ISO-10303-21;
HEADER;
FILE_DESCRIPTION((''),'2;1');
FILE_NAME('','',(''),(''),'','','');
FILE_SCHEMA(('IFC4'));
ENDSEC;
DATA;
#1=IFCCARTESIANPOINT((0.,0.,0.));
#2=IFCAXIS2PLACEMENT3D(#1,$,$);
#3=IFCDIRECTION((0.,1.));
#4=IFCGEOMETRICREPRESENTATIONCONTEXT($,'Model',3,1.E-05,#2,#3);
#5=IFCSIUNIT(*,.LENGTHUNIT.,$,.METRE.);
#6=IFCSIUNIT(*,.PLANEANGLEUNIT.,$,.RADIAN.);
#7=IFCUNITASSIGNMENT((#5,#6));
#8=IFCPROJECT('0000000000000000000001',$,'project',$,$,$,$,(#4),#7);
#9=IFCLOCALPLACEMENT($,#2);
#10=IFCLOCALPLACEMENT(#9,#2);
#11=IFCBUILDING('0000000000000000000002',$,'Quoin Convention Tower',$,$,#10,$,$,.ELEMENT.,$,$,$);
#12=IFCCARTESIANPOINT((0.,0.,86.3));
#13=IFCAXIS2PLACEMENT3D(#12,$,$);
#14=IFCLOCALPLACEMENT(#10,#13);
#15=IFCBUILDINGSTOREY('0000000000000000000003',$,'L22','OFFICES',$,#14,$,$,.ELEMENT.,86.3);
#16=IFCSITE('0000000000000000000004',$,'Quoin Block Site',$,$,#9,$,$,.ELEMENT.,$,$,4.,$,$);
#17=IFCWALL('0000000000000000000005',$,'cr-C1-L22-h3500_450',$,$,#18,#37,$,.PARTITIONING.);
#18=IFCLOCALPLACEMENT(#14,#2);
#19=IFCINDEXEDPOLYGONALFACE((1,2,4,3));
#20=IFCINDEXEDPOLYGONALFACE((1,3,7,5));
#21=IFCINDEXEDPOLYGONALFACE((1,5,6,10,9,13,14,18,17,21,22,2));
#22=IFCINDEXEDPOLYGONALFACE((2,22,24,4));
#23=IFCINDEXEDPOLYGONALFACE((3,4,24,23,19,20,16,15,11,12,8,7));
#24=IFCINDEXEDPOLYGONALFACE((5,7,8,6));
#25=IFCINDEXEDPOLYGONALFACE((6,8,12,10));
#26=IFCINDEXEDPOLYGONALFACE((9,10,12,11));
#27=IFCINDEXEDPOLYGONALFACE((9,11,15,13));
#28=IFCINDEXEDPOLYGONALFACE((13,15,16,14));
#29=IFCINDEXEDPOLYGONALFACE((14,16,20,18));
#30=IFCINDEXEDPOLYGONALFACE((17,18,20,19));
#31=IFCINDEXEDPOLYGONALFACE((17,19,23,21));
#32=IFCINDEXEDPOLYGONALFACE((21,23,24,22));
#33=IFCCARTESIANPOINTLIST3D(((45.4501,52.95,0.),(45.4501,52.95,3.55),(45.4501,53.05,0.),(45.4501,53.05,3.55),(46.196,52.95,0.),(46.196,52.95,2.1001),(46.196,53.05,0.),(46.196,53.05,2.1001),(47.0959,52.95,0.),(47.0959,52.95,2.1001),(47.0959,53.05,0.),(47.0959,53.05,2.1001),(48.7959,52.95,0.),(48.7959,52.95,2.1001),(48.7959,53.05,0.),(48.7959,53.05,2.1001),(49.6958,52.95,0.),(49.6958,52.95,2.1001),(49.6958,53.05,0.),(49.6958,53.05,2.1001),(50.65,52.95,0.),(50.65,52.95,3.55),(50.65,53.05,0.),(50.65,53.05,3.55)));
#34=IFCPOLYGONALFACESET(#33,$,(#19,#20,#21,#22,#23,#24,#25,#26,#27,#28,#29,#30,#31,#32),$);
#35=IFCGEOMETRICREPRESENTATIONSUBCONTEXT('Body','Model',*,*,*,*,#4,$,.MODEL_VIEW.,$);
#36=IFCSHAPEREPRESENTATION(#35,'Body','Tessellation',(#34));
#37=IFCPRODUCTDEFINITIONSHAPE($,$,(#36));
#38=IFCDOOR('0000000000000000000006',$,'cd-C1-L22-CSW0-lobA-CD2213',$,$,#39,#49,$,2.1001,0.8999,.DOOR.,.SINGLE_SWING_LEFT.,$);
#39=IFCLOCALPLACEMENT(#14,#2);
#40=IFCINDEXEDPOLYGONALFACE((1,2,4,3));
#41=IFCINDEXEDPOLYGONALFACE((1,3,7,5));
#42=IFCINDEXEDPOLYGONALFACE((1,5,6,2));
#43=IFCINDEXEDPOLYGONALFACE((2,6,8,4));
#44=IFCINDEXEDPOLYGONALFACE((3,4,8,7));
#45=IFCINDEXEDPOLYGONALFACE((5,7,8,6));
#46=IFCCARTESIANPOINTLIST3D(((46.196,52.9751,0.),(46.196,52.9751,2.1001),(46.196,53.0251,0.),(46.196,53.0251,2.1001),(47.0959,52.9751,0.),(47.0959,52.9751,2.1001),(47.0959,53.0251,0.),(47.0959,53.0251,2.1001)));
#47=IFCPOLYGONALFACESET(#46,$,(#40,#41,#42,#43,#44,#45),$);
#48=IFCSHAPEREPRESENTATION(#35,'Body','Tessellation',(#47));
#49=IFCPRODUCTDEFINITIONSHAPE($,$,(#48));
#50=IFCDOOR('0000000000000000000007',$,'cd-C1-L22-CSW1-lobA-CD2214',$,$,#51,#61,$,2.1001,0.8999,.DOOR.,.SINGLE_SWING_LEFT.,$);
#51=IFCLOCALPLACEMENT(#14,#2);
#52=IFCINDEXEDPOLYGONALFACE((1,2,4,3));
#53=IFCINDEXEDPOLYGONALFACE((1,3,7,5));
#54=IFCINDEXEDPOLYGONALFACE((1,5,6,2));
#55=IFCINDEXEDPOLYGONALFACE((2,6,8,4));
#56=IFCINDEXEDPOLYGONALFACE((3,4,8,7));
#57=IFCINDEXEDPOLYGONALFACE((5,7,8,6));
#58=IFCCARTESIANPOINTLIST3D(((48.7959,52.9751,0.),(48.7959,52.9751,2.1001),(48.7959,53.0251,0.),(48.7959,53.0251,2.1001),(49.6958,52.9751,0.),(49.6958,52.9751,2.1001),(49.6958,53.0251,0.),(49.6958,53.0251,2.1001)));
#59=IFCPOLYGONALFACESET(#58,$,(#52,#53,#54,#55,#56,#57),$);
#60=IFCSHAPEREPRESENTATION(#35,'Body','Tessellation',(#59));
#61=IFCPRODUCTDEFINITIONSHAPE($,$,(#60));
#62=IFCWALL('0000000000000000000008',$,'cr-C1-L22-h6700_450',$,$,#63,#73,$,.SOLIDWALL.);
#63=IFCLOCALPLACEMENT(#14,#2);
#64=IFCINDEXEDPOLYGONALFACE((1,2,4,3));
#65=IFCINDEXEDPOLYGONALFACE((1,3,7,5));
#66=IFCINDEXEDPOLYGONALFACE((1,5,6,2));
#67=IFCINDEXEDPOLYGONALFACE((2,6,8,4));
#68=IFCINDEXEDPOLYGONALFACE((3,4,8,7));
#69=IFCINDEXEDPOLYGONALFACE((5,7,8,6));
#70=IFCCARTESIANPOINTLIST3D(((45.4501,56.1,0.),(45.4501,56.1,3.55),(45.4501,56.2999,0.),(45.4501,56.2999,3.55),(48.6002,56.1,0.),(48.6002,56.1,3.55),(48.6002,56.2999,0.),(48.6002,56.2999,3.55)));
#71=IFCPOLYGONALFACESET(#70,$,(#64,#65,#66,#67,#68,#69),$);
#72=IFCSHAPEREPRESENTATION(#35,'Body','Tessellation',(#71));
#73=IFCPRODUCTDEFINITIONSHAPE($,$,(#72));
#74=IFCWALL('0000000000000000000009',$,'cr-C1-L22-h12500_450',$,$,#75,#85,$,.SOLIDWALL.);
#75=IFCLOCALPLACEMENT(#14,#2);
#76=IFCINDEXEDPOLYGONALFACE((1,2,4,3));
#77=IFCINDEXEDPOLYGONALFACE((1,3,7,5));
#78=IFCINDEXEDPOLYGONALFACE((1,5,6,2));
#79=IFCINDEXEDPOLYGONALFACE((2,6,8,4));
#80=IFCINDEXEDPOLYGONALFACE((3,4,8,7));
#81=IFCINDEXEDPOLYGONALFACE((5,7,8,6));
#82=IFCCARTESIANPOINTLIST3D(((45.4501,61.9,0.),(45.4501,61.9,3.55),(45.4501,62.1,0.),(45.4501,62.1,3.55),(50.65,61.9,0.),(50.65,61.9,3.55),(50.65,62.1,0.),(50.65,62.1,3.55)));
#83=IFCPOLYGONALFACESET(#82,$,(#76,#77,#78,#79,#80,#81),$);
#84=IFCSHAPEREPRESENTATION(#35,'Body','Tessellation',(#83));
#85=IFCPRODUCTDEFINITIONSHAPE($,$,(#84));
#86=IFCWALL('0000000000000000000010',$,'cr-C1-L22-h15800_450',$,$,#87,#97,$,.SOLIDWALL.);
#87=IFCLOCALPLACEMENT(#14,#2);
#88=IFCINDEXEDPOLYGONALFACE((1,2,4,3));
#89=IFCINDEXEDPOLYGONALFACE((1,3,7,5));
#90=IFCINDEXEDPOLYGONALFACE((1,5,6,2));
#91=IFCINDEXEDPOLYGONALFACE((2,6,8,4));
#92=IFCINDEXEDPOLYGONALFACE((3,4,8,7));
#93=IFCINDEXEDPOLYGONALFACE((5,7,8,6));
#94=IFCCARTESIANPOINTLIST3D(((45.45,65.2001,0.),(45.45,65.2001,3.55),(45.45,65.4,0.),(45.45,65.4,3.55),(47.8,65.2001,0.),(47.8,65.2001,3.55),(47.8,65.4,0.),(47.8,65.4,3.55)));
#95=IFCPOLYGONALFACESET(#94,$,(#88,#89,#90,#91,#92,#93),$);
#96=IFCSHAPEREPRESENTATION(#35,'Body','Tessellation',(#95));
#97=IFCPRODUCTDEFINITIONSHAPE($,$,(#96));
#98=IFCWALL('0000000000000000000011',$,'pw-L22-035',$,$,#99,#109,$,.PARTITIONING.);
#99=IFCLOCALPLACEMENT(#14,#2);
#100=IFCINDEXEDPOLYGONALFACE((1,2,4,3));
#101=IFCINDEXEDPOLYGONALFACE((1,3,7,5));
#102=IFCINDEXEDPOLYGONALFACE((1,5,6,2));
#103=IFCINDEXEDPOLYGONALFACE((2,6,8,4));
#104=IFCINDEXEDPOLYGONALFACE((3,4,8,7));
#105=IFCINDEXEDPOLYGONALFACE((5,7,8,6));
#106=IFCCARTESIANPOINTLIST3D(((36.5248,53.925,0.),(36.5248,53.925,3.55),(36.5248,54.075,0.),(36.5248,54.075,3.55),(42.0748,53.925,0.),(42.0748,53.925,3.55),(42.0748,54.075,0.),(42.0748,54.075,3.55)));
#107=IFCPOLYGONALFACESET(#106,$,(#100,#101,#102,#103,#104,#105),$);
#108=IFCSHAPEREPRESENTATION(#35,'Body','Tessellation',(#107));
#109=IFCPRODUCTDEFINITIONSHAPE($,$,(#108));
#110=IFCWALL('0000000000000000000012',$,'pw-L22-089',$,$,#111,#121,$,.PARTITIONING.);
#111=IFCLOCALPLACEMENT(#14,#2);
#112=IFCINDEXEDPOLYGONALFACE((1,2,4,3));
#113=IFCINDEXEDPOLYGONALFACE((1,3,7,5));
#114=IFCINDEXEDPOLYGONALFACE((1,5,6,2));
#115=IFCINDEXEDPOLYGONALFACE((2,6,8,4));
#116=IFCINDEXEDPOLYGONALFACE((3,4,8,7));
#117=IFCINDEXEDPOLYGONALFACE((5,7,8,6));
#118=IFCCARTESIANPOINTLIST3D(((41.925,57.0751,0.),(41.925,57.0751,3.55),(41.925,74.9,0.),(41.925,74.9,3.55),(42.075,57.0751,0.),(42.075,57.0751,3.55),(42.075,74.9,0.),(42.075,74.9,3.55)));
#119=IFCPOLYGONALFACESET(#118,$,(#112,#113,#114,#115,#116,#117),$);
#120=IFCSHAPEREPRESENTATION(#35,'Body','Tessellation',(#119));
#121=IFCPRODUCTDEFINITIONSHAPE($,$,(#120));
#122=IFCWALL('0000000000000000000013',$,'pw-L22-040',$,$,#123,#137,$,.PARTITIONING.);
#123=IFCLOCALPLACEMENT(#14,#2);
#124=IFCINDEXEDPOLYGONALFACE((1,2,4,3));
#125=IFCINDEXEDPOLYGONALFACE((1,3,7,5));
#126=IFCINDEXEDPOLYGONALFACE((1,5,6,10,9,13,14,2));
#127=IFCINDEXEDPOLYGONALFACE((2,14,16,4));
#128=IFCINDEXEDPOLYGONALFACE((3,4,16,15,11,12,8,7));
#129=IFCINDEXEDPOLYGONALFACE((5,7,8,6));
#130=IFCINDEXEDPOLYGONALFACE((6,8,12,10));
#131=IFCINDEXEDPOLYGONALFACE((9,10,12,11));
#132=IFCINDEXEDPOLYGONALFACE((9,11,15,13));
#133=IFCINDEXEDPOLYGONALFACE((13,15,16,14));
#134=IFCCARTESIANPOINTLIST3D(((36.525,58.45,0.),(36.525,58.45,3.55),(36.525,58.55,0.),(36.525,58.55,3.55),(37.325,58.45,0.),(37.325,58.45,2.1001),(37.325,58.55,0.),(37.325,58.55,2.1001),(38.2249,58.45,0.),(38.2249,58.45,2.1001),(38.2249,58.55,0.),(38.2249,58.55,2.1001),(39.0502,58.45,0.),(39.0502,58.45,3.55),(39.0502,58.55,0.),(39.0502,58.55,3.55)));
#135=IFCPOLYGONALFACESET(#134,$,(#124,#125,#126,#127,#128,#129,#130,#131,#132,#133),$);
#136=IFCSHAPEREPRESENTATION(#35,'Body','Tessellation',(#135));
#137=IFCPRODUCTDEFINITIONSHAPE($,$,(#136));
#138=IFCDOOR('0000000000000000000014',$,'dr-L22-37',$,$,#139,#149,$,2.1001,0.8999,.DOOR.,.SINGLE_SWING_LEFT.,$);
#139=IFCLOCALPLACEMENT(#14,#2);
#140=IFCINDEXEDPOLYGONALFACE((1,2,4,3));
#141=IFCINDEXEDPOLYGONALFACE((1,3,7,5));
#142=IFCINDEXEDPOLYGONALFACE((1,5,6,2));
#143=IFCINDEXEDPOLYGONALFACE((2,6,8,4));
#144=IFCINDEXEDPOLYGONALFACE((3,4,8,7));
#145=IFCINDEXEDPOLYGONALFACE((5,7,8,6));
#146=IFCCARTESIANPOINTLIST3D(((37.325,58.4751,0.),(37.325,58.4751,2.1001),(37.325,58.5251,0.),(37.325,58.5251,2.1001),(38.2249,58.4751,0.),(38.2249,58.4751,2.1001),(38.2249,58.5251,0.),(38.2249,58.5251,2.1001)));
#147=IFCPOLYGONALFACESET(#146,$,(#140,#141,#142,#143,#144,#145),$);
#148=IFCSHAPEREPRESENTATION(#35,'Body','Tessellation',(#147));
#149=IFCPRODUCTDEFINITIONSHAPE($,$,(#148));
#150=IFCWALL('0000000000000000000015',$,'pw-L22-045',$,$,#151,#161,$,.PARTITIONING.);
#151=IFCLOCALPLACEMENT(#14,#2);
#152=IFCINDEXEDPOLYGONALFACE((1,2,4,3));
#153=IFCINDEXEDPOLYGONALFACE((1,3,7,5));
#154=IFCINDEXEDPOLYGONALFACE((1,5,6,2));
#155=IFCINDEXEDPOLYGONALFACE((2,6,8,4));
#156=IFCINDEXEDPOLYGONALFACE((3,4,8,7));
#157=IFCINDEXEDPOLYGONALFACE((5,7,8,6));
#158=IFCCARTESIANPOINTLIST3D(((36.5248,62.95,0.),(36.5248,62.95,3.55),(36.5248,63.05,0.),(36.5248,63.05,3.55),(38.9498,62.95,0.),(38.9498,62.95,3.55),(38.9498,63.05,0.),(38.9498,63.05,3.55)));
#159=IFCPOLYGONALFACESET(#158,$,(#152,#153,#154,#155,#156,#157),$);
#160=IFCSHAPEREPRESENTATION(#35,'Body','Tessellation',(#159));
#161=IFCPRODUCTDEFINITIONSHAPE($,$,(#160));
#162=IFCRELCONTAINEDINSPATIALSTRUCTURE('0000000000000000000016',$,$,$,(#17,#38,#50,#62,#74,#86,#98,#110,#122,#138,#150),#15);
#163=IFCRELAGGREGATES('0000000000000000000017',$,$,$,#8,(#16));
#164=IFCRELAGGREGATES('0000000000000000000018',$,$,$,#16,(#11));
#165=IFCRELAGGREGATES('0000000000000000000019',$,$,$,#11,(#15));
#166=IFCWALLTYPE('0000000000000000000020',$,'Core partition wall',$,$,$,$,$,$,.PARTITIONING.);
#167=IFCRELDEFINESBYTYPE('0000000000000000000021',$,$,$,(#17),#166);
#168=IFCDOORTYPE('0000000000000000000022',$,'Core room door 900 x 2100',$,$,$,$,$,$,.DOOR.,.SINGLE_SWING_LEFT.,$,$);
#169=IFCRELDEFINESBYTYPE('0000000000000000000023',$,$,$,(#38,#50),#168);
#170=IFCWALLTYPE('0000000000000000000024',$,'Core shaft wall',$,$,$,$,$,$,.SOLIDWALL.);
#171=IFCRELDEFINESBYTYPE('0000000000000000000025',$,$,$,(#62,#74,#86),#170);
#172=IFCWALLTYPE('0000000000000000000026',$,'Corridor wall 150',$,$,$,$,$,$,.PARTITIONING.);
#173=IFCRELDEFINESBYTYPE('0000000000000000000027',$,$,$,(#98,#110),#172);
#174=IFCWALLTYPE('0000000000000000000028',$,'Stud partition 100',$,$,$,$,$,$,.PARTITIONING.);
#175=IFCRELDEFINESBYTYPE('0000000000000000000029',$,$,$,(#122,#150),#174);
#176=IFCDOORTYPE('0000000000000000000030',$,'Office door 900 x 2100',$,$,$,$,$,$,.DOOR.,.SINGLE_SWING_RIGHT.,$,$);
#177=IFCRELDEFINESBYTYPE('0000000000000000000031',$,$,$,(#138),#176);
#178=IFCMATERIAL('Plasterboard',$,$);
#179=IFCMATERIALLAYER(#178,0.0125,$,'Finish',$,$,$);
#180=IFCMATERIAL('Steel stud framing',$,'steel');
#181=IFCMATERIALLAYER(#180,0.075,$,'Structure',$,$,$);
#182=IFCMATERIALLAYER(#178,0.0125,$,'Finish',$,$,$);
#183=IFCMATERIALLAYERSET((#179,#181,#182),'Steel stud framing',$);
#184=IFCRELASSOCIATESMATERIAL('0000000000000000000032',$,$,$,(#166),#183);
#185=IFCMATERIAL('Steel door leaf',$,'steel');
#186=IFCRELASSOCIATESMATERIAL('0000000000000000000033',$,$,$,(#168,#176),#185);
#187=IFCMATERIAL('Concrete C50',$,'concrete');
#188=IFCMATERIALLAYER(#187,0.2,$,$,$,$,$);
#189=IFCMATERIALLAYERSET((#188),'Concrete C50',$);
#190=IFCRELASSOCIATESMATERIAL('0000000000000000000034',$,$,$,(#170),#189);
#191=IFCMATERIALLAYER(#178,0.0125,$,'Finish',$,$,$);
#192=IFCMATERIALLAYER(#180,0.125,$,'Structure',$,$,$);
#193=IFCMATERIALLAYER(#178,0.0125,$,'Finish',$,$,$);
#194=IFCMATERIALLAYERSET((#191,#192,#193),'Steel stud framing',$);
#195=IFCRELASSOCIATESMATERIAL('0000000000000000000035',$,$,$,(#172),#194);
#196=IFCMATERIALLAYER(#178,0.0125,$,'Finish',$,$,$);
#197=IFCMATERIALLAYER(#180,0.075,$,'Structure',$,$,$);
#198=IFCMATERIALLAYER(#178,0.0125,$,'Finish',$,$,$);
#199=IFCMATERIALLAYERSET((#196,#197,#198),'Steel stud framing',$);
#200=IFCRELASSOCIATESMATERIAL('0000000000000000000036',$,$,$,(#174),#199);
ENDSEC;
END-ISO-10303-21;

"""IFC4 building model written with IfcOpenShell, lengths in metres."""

from ifc_helpers import new_model, si_unit, direction, frame, frame_2d, origin, place, context, subcontext, project, spatial, rectangle, extrude, material, layer, layer_set, type_object, element, fill, save


model = new_model("IFC4")

# Units and contexts
model_context = context("Model", 3, precision=1e-05, world=origin(), true_north=direction((0.0, 1.0)))
body_context = subcontext(model_context, "Body", "Model", "MODEL_VIEW")
ifc_project = project(units=[si_unit("LENGTHUNIT", "METRE"), si_unit("PLANEANGLEUNIT", "RADIAN")], contexts=[model_context])

# Site, building, storey
site_placement = place(None, origin())
site = spatial("IfcSite", under=ifc_project, at=site_placement, Name="Quoin Block Site", CompositionType="ELEMENT", RefElevation=4.0)
building_placement = place(site_placement, origin())
building = spatial("IfcBuilding", under=site, at=building_placement, Name="Quoin Convention Tower", CompositionType="ELEMENT")
storey_placement = place(building_placement, frame((0.0, 0.0, 86.3)))
storey = spatial("IfcBuildingStorey", under=building, at=storey_placement, Name="L22", Description="OFFICES", CompositionType="ELEMENT", Elevation=86.3)

# Wall, openings, doors
ifc_material_1 = material(Name="Plasterboard")
ifc_layer_1 = layer(ifc_material_1, 0.0125, Name="Finish")
ifc_material_2 = material(Name="Steel stud framing", Category="steel")
ifc_layer_2 = layer(ifc_material_2, 0.075, Name="Structure")
ifc_layer_3 = layer(ifc_material_1, 0.0125, Name="Finish")
ifc_layer_set_1 = layer_set([ifc_layer_1, ifc_layer_2, ifc_layer_3], Name="Steel stud framing")
wall_type_1 = type_object("IfcWallType", Name="Core partition wall", PredefinedType="PARTITIONING", material=ifc_layer_set_1)
wall_1_placement = place(storey_placement, frame((45.45, 53.0, 0.0), z_axis=(0.0, 0.0, 1.0), x_axis=(1.0, 0.0, 0.0)))
wall_1 = element("IfcWall", 1, at=wall_1_placement, inside=storey, type_object=wall_type_1, Name="cr-C1-L22-h3500_450", PredefinedType="PARTITIONING", context=body_context, shape_type="SweptSolid", body=[
    extrude(rectangle(XDim=5.2, YDim=0.1001, at=frame_2d((2.6001, 0.0))), origin(), (0.0, 0.0, 1.0), 3.55),
])
opening_1_placement = place(wall_1_placement, frame((0.7461, 0.0, 0.0)))
opening_1 = element("IfcOpeningElement", 2, at=opening_1_placement, cuts=wall_1, PredefinedType="OPENING", context=body_context, shape_type="SweptSolid", body=[
    extrude(rectangle(XDim=0.8999, YDim=2.1001, at=frame_2d((0.45, 1.05))), frame((0.0, 0.0601, 0.0), z_axis=(0.0, -1.0, 0.0), x_axis=(1.0, 0.0, 0.0)), (0.0, 0.0, 1.0), 0.1201),
])
opening_2_placement = place(wall_1_placement, frame((3.3459, 0.0, 0.0)))
opening_2 = element("IfcOpeningElement", 3, at=opening_2_placement, cuts=wall_1, PredefinedType="OPENING", context=body_context, shape_type="SweptSolid", body=[
    extrude(rectangle(XDim=0.8999, YDim=2.1001, at=frame_2d((0.45, 1.05))), frame((0.0, 0.0601, 0.0), z_axis=(0.0, -1.0, 0.0), x_axis=(1.0, 0.0, 0.0)), (0.0, 0.0, 1.0), 0.1201),
])
ifc_material_3 = material(Name="Steel door leaf", Category="steel")
door_type_1 = type_object("IfcDoorType", Name="Core room door 900 x 2100", OperationType="SINGLE_SWING_LEFT", PredefinedType="DOOR", material=ifc_material_3)
door_1_placement = place(opening_1_placement, frame((0.8999, 0.0, 0.0), z_axis=(0.0, 0.0, 1.0), x_axis=(-1.0, 0.0, 0.0)))
door_1 = element("IfcDoor", 4, at=door_1_placement, inside=storey, type_object=door_type_1, Name="cd-C1-L22-CSW0-lobA-CD2213", OperationType="SINGLE_SWING_LEFT", OverallHeight=2.1001, OverallWidth=0.8999, PredefinedType="DOOR", context=body_context, shape_type="SweptSolid", body=[
    extrude(rectangle(XDim=0.8999, YDim=2.1001, at=frame_2d((0.45, 1.05))), frame((0.0, 0.0249, 0.0), z_axis=(0.0, -1.0, 0.0), x_axis=(1.0, 0.0, 0.0)), (0.0, 0.0, 1.0), 0.05),
])
fill(opening_1, door_1)
door_2_placement = place(opening_2_placement, frame((0.8999, 0.0, 0.0), z_axis=(0.0, 0.0, 1.0), x_axis=(-1.0, 0.0, 0.0)))
door_2 = element("IfcDoor", 5, at=door_2_placement, inside=storey, type_object=door_type_1, Name="cd-C1-L22-CSW1-lobA-CD2214", OperationType="SINGLE_SWING_LEFT", OverallHeight=2.1001, OverallWidth=0.8999, PredefinedType="DOOR", context=body_context, shape_type="SweptSolid", body=[
    extrude(rectangle(XDim=0.8999, YDim=2.1001, at=frame_2d((0.45, 1.05))), frame((0.0, 0.0249, 0.0), z_axis=(0.0, -1.0, 0.0), x_axis=(1.0, 0.0, 0.0)), (0.0, 0.0, 1.0), 0.05),
])
fill(opening_2, door_2)

# Walls
ifc_material_4 = material(Name="Concrete C50", Category="concrete")
ifc_layer_4 = layer(ifc_material_4, 0.2)
ifc_layer_set_2 = layer_set([ifc_layer_4], Name="Concrete C50")
wall_type_2 = type_object("IfcWallType", Name="Core shaft wall", PredefinedType="SOLIDWALL", material=ifc_layer_set_2)
wall_2_placement = place(storey_placement, frame((45.45, 56.2, 0.0), z_axis=(0.0, 0.0, 1.0), x_axis=(1.0, 0.0, 0.0)))
element("IfcWall", 6, at=wall_2_placement, inside=storey, type_object=wall_type_2, Name="cr-C1-L22-h6700_450", PredefinedType="SOLIDWALL", context=body_context, shape_type="SweptSolid", body=[
    extrude(rectangle(XDim=3.1501, YDim=0.2, at=frame_2d((1.5752, 0.0))), origin(), (0.0, 0.0, 1.0), 3.55),
])
wall_3_placement = place(storey_placement, frame((45.45, 62.0, 0.0), z_axis=(0.0, 0.0, 1.0), x_axis=(1.0, 0.0, 0.0)))
element("IfcWall", 7, at=wall_3_placement, inside=storey, type_object=wall_type_2, Name="cr-C1-L22-h12500_450", PredefinedType="SOLIDWALL", context=body_context, shape_type="SweptSolid", body=[
    extrude(rectangle(XDim=5.2, YDim=0.2, at=frame_2d((2.6001, 0.0))), origin(), (0.0, 0.0, 1.0), 3.55),
])
wall_4_placement = place(storey_placement, frame((45.45, 65.3, 0.0), z_axis=(0.0, 0.0, 1.0), x_axis=(1.0, 0.0, 0.0)))
element("IfcWall", 8, at=wall_4_placement, inside=storey, type_object=wall_type_2, Name="cr-C1-L22-h15800_450", PredefinedType="SOLIDWALL", context=body_context, shape_type="SweptSolid", body=[
    extrude(rectangle(XDim=2.3501, YDim=0.2, at=frame_2d((1.175, 0.0))), origin(), (0.0, 0.0, 1.0), 3.55),
])
ifc_layer_5 = layer(ifc_material_1, 0.0125, Name="Finish")
ifc_layer_6 = layer(ifc_material_2, 0.125, Name="Structure")
ifc_layer_7 = layer(ifc_material_1, 0.0125, Name="Finish")
ifc_layer_set_3 = layer_set([ifc_layer_5, ifc_layer_6, ifc_layer_7], Name="Steel stud framing")
wall_type_3 = type_object("IfcWallType", Name="Corridor wall 150", PredefinedType="PARTITIONING", material=ifc_layer_set_3)
wall_5_placement = place(storey_placement, frame((36.5249, 54.0, 0.0), z_axis=(0.0, 0.0, 1.0), x_axis=(1.0, 0.0, 0.0)))
element("IfcWall", 9, at=wall_5_placement, inside=storey, type_object=wall_type_3, Name="pw-L22-035", PredefinedType="PARTITIONING", context=body_context, shape_type="SweptSolid", body=[
    extrude(rectangle(XDim=5.55, YDim=0.1499, at=frame_2d((2.7749, 0.0))), origin(), (0.0, 0.0, 1.0), 3.55),
])
wall_6_placement = place(storey_placement, frame((42.0, 57.075, 0.0), z_axis=(0.0, 0.0, 1.0), x_axis=(0.0, 1.0, 0.0)))
element("IfcWall", 10, at=wall_6_placement, inside=storey, type_object=wall_type_3, Name="pw-L22-089", PredefinedType="PARTITIONING", context=body_context, shape_type="SweptSolid", body=[
    extrude(rectangle(XDim=17.825, YDim=0.1499, at=frame_2d((8.9126, 0.0))), origin(), (0.0, 0.0, 1.0), 3.55),
])

# Wall, opening, door
ifc_layer_8 = layer(ifc_material_1, 0.0125, Name="Finish")
ifc_layer_9 = layer(ifc_material_2, 0.075, Name="Structure")
ifc_layer_10 = layer(ifc_material_1, 0.0125, Name="Finish")
ifc_layer_set_4 = layer_set([ifc_layer_8, ifc_layer_9, ifc_layer_10], Name="Steel stud framing")
wall_type_4 = type_object("IfcWallType", Name="Stud partition 100", PredefinedType="PARTITIONING", material=ifc_layer_set_4)
wall_7_placement = place(storey_placement, frame((36.5249, 58.5, 0.0), z_axis=(0.0, 0.0, 1.0), x_axis=(1.0, 0.0, 0.0)))
wall_7 = element("IfcWall", 11, at=wall_7_placement, inside=storey, type_object=wall_type_4, Name="pw-L22-040", PredefinedType="PARTITIONING", context=body_context, shape_type="SweptSolid", body=[
    extrude(rectangle(XDim=2.5251, YDim=0.1001, at=frame_2d((1.2627, 0.0))), origin(), (0.0, 0.0, 1.0), 3.55),
])
opening_3_placement = place(wall_7_placement, frame((0.8, 0.0, 0.0)))
opening_3 = element("IfcOpeningElement", 12, at=opening_3_placement, cuts=wall_7, PredefinedType="OPENING", context=body_context, shape_type="SweptSolid", body=[
    extrude(rectangle(XDim=0.8999, YDim=2.1001, at=frame_2d((0.45, 1.05))), frame((0.0, 0.0601, 0.0), z_axis=(0.0, -1.0, 0.0), x_axis=(1.0, 0.0, 0.0)), (0.0, 0.0, 1.0), 0.1201),
])
door_type_2 = type_object("IfcDoorType", Name="Office door 900 x 2100", OperationType="SINGLE_SWING_RIGHT", PredefinedType="DOOR", material=ifc_material_3)
door_3_placement = place(opening_3_placement, frame((0.8999, 0.0, 0.0), z_axis=(0.0, 0.0, 1.0), x_axis=(-1.0, 0.0, 0.0)))
door_3 = element("IfcDoor", 13, at=door_3_placement, inside=storey, type_object=door_type_2, Name="dr-L22-37", OperationType="SINGLE_SWING_LEFT", OverallHeight=2.1001, OverallWidth=0.8999, PredefinedType="DOOR", context=body_context, shape_type="SweptSolid", body=[
    extrude(rectangle(XDim=0.8999, YDim=2.1001, at=frame_2d((0.45, 1.05))), frame((0.0, 0.0249, 0.0), z_axis=(0.0, -1.0, 0.0), x_axis=(1.0, 0.0, 0.0)), (0.0, 0.0, 1.0), 0.05),
])
fill(opening_3, door_3)

# Wall
wall_8_placement = place(storey_placement, frame((36.5249, 63.0, 0.0), z_axis=(0.0, 0.0, 1.0), x_axis=(1.0, 0.0, 0.0)))
element("IfcWall", 14, at=wall_8_placement, inside=storey, type_object=wall_type_4, Name="pw-L22-045", PredefinedType="PARTITIONING", context=body_context, shape_type="SweptSolid", body=[
    extrude(rectangle(XDim=2.425, YDim=0.1001, at=frame_2d((1.2124, 0.0))), origin(), (0.0, 0.0, 1.0), 3.55),
])

save(model, "model.ifc")
